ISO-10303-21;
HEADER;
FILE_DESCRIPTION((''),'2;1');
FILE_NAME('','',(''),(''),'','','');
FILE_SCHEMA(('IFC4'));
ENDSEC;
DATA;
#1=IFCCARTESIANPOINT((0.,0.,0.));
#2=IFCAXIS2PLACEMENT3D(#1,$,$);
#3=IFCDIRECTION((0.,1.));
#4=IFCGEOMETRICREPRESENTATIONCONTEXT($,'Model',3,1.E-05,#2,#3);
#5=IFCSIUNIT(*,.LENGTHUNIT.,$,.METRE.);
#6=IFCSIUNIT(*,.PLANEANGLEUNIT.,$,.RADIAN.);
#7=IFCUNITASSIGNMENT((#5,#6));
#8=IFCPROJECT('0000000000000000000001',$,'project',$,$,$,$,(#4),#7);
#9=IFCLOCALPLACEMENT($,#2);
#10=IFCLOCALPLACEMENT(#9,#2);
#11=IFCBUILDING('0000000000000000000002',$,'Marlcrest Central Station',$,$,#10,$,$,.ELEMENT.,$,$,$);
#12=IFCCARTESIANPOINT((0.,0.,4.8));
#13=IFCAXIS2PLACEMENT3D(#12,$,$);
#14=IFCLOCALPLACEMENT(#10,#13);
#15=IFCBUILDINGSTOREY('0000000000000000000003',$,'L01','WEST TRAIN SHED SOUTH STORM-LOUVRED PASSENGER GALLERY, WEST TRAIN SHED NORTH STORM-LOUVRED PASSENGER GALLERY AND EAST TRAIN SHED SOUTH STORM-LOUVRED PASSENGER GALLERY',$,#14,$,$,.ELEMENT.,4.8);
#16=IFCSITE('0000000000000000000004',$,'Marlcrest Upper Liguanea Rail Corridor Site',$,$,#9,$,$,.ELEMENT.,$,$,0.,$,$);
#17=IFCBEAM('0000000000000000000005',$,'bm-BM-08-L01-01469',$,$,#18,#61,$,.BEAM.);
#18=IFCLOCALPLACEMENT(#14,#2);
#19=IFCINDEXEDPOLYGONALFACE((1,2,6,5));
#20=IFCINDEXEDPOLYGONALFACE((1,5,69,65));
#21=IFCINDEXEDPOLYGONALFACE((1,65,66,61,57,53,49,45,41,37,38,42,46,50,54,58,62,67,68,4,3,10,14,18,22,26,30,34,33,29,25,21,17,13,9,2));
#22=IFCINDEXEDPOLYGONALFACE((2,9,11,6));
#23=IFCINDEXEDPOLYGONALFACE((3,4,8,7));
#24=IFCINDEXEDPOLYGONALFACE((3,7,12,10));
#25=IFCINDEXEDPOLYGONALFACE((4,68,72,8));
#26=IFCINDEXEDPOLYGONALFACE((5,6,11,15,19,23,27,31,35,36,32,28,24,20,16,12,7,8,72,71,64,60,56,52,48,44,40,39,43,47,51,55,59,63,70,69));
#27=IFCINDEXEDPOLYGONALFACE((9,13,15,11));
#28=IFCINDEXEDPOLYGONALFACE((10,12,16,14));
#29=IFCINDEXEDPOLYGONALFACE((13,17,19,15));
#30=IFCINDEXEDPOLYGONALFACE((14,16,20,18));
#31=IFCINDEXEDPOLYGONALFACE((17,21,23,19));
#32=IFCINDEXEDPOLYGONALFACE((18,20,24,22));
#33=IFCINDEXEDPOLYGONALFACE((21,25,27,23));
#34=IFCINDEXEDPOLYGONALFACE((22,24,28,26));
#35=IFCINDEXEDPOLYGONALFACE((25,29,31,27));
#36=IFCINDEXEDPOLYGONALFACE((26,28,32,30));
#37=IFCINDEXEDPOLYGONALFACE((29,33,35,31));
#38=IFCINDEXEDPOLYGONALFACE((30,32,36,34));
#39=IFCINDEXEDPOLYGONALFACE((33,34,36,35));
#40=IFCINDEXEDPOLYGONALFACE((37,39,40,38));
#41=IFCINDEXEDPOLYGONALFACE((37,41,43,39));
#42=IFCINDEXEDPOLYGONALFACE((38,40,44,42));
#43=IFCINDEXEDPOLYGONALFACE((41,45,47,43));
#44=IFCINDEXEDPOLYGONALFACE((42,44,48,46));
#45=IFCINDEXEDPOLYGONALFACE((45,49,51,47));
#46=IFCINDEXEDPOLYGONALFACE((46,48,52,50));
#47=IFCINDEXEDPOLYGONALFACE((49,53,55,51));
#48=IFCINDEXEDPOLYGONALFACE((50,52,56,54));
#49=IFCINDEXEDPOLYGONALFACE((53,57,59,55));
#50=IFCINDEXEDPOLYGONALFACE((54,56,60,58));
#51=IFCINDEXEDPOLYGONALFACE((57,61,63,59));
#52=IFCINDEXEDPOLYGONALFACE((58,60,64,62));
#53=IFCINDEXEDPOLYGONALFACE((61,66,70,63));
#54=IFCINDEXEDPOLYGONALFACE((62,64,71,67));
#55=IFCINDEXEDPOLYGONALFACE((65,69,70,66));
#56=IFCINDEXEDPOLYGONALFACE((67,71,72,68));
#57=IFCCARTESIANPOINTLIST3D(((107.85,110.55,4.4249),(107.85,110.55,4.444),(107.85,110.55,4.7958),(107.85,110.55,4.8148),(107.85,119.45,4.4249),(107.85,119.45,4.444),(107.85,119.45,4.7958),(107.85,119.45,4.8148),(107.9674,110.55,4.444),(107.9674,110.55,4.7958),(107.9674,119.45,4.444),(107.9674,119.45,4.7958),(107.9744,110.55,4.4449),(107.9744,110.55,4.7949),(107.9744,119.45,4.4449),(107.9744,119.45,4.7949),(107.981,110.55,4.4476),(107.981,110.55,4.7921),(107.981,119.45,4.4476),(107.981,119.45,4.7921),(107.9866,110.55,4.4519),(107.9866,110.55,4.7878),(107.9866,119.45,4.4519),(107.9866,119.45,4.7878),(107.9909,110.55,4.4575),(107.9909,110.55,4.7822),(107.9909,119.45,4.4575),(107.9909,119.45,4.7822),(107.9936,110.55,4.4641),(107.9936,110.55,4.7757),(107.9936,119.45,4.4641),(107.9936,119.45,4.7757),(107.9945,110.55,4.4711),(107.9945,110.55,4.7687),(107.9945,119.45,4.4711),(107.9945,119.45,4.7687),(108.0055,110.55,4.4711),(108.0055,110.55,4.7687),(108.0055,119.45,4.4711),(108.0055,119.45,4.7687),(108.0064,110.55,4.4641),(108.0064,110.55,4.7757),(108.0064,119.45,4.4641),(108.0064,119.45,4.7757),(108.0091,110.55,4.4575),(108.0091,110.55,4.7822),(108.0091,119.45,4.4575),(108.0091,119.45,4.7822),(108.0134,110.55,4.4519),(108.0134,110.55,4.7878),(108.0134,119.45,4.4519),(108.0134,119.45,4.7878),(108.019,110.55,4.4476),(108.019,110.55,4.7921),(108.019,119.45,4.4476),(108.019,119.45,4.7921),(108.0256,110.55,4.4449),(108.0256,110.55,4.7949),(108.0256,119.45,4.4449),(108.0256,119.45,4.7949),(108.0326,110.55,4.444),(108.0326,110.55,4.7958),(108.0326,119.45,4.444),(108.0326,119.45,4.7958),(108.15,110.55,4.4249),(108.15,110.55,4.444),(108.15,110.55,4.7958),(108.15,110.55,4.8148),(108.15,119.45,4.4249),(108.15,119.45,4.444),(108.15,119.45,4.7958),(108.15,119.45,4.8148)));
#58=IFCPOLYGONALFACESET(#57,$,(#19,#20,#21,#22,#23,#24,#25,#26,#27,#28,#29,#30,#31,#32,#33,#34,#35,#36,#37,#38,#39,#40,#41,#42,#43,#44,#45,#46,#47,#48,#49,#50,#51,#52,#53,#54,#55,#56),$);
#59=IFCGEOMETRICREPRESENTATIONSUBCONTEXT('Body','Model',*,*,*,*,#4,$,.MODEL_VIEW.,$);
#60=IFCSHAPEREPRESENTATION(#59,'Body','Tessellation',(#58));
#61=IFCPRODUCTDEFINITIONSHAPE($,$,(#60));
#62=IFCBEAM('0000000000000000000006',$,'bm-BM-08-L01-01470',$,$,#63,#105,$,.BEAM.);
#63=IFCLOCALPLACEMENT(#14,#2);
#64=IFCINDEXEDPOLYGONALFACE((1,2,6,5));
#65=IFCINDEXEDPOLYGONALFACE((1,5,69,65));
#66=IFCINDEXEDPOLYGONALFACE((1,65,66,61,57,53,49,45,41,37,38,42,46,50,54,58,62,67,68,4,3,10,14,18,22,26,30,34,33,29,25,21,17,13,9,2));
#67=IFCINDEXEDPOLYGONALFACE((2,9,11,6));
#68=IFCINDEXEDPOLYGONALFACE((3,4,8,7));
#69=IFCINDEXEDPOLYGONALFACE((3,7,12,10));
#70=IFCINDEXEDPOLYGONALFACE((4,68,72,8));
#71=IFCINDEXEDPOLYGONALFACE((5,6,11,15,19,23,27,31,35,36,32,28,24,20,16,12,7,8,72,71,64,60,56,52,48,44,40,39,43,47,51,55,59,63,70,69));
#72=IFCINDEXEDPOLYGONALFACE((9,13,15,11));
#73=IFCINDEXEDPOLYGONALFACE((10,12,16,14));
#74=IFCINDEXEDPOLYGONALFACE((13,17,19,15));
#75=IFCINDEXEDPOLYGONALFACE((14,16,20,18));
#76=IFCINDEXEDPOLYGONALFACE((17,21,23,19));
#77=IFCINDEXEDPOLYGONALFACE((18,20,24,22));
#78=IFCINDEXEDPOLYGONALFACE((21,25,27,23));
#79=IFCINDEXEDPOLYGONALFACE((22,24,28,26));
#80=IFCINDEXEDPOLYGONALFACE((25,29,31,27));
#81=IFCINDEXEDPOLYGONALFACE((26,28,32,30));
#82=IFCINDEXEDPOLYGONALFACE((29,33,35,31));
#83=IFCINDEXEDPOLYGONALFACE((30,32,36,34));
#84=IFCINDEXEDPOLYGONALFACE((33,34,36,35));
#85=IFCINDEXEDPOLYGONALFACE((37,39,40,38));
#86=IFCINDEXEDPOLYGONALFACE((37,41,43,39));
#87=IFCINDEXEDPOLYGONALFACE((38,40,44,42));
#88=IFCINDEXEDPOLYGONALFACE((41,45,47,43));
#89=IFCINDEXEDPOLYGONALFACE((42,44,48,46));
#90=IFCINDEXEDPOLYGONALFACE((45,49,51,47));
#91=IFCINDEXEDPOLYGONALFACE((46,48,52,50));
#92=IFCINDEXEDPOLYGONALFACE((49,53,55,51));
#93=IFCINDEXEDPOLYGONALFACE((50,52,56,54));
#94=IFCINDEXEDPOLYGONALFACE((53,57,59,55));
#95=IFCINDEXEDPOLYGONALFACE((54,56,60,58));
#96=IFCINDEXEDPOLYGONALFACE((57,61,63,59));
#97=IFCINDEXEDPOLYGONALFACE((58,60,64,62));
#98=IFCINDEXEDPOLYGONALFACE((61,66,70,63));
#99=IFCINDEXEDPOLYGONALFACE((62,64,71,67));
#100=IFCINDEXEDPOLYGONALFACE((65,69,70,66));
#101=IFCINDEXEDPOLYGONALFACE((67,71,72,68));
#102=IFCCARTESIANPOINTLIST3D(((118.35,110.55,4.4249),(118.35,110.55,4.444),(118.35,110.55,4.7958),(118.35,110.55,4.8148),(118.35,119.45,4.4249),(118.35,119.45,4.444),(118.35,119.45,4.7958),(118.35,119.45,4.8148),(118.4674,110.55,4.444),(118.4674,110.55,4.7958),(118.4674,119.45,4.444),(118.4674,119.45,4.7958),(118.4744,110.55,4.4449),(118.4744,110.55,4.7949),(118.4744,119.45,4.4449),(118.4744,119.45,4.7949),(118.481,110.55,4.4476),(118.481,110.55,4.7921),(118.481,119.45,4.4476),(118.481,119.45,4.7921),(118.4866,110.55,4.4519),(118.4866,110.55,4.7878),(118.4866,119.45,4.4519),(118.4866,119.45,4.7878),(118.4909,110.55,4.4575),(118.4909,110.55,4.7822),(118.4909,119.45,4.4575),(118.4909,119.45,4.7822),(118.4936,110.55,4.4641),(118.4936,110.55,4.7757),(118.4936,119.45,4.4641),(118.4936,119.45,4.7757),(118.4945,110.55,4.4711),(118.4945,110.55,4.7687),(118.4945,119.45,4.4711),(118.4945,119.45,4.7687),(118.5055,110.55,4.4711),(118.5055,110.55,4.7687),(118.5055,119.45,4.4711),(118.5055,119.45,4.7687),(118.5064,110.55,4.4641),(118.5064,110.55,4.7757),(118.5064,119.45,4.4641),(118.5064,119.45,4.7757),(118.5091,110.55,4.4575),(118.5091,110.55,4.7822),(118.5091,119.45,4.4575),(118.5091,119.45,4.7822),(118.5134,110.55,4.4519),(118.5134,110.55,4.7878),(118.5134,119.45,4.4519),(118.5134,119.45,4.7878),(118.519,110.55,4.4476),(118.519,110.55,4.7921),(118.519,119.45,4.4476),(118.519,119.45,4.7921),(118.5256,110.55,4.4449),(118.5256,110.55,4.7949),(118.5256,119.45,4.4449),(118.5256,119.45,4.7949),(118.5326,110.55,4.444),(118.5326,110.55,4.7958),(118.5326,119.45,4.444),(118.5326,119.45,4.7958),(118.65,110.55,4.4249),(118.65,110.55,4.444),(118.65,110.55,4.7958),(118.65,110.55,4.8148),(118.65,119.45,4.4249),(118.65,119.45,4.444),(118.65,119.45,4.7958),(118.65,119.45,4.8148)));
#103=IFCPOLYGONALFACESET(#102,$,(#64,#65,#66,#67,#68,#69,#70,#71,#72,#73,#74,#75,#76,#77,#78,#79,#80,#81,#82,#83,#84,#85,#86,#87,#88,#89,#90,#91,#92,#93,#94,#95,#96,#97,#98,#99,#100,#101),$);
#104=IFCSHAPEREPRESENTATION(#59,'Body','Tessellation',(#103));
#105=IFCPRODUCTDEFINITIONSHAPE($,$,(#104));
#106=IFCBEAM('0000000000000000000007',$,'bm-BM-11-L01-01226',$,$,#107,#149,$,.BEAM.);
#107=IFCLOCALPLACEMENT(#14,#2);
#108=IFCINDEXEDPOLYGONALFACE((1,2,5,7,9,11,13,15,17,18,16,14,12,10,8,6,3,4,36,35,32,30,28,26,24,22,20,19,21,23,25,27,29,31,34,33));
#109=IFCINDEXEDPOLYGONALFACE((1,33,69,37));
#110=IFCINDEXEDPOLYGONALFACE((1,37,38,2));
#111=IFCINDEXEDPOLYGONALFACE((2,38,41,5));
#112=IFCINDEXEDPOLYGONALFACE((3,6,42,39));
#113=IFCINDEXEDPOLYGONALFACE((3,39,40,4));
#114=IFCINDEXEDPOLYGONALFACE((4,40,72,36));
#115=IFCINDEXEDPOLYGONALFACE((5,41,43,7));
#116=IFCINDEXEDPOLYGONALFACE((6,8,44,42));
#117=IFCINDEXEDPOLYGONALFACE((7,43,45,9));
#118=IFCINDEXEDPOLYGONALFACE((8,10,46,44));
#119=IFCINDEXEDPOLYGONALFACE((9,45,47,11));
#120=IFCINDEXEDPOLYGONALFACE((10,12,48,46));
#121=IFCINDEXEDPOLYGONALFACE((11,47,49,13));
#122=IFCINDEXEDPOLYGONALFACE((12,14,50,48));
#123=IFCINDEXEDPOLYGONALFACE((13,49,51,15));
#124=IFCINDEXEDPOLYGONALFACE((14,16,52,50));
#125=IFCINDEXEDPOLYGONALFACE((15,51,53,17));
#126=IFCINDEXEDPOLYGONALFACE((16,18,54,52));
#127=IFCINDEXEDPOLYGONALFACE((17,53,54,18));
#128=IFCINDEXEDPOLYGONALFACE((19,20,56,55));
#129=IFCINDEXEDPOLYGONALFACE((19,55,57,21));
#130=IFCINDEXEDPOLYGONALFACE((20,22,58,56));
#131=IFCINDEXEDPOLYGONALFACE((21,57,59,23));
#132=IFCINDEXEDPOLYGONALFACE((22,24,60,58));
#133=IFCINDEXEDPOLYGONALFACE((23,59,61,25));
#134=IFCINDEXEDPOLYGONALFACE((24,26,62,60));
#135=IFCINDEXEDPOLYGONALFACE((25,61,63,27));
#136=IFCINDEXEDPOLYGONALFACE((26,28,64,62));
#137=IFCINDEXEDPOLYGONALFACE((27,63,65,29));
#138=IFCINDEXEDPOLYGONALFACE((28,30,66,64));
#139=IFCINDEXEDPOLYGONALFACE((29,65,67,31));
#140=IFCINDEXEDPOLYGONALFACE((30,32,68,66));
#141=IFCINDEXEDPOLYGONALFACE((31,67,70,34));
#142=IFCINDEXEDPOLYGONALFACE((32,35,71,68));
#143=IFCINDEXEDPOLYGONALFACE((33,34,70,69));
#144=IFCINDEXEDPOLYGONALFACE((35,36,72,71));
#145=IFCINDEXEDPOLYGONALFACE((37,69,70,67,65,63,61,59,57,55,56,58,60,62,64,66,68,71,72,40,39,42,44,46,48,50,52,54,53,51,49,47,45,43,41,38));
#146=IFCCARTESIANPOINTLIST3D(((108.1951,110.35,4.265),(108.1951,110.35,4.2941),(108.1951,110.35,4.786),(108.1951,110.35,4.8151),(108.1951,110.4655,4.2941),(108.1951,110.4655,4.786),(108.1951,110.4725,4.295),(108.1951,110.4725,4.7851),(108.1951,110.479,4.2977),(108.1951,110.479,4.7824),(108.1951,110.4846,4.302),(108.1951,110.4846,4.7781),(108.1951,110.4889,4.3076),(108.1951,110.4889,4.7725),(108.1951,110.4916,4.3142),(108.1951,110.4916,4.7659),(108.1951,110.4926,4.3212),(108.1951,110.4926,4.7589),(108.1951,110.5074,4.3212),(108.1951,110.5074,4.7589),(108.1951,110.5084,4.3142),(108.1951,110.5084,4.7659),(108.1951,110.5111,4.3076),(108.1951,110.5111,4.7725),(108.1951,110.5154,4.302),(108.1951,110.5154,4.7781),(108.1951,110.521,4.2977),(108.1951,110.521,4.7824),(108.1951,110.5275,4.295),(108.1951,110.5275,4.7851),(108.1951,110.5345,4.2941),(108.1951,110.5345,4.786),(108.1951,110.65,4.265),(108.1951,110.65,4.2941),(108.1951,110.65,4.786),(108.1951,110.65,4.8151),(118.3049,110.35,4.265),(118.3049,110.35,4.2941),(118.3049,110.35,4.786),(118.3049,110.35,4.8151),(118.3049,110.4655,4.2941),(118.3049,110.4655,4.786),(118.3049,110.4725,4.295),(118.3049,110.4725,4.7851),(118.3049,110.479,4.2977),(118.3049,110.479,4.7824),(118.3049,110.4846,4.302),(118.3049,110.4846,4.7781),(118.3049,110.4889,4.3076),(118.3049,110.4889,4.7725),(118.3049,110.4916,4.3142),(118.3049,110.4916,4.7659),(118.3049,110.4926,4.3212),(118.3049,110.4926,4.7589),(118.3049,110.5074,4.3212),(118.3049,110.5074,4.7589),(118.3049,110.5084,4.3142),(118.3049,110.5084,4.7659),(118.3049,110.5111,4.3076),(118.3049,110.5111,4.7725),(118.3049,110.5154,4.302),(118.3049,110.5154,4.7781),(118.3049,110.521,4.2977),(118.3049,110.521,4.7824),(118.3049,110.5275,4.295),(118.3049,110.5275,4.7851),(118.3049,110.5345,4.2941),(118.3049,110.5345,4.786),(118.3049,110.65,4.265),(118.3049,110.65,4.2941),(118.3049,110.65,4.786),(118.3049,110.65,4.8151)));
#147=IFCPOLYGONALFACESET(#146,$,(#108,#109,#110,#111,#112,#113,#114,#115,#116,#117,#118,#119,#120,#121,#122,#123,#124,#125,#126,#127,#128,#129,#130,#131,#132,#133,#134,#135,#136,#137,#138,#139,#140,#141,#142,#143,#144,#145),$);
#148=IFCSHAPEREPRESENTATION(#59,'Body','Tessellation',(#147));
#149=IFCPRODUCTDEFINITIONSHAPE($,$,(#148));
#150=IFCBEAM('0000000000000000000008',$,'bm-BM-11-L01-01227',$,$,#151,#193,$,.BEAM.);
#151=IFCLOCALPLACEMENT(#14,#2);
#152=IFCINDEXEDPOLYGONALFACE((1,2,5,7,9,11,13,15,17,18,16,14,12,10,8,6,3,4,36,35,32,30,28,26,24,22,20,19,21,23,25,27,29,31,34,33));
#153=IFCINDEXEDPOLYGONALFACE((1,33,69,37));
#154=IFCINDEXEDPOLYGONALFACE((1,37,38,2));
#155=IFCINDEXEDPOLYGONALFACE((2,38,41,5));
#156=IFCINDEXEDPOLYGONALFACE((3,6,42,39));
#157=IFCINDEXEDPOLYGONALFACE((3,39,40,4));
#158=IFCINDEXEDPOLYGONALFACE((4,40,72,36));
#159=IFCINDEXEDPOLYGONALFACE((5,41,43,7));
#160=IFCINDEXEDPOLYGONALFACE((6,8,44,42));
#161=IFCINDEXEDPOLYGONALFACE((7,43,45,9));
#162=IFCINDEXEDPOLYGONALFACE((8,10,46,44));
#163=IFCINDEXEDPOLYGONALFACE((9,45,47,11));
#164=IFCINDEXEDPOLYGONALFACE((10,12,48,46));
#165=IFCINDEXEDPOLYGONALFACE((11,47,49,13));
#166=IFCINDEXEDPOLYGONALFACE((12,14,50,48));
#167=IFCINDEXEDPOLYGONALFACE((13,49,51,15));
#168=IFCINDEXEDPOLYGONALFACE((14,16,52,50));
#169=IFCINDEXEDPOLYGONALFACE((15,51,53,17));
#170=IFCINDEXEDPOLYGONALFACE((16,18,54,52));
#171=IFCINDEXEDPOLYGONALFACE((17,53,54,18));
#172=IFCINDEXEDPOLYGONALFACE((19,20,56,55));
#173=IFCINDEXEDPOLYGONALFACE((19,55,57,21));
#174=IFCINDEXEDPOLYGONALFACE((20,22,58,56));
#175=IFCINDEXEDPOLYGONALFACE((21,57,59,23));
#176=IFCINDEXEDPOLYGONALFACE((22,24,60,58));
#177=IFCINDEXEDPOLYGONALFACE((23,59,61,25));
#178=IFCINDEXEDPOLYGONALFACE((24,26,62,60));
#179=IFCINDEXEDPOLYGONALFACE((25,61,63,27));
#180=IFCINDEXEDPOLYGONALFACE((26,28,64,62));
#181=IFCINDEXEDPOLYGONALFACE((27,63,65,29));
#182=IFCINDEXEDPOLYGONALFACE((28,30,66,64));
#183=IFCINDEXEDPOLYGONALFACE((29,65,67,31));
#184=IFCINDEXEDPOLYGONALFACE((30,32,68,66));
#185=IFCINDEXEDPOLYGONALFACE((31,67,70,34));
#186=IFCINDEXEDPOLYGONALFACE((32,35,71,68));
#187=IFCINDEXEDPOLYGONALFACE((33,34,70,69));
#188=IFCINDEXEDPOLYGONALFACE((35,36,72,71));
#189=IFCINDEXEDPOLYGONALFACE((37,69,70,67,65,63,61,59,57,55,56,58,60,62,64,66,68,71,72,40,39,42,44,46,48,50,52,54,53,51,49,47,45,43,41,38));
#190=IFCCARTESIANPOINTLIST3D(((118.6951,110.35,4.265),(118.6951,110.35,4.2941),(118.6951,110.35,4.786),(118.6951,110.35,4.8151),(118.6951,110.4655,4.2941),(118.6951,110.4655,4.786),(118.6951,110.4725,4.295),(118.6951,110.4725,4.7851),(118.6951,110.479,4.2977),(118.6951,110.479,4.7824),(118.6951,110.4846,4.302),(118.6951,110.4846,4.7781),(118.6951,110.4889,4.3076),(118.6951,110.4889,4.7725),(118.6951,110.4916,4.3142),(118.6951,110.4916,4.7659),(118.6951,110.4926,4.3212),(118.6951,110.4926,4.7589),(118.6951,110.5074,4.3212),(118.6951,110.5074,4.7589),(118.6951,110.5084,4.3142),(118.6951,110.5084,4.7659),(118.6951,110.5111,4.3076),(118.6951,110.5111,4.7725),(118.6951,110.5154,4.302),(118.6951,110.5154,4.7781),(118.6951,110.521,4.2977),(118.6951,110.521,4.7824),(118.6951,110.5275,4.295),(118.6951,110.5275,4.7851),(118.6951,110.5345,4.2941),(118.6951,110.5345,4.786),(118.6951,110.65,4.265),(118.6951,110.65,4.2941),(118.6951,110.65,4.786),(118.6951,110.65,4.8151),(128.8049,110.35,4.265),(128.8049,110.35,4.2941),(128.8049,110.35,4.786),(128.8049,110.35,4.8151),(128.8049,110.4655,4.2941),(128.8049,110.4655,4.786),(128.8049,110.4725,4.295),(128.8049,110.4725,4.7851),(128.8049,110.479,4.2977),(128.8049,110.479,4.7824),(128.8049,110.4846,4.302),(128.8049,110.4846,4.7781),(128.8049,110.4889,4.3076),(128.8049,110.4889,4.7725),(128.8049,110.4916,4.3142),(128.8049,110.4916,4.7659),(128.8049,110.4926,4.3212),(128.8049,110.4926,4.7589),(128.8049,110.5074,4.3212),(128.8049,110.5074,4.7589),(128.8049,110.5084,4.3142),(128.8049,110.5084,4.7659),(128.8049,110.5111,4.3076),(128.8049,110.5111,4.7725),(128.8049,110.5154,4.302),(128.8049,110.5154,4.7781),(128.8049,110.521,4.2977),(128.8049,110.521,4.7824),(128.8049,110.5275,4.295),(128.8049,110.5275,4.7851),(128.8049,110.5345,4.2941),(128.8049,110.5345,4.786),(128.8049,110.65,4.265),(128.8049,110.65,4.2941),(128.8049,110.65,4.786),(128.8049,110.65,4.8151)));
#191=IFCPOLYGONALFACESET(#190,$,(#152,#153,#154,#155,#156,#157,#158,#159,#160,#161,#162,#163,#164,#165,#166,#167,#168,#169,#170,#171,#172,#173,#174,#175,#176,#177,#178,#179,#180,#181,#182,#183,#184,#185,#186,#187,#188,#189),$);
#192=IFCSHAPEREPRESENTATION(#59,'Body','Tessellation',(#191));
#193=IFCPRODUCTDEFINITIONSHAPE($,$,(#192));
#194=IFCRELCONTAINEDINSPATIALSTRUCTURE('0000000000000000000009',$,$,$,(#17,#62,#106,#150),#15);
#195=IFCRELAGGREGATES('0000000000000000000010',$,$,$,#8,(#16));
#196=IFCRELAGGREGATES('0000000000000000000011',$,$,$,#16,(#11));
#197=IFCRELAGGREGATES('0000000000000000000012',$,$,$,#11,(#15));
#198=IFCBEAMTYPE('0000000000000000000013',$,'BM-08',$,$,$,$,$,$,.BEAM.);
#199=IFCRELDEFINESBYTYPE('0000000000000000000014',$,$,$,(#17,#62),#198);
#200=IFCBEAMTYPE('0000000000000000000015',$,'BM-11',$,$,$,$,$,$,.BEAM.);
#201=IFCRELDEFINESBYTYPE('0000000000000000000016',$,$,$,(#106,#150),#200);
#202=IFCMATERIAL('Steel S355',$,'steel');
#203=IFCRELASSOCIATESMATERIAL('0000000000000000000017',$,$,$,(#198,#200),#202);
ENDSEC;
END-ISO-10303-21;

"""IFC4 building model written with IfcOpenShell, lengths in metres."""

from ifc_helpers import new_model, si_unit, direction, frame, origin, origin_2d, place, context, subcontext, project, spatial, i_section, extrude, material, material_profile, profile_set, type_object, element, save


model = new_model("IFC4")

# Units and contexts
model_context = context("Model", 3, precision=1e-05, world=origin(), true_north=direction((0.0, 1.0)))
body_context = subcontext(model_context, "Body", "Model", "MODEL_VIEW")
ifc_project = project(units=[si_unit("LENGTHUNIT", "METRE"), si_unit("PLANEANGLEUNIT", "RADIAN")], contexts=[model_context])

# Site, building, storey
site_placement = place(None, origin())
site = spatial("IfcSite", under=ifc_project, at=site_placement, Name="Marlcrest Upper Liguanea Rail Corridor Site", CompositionType="ELEMENT", RefElevation=0.0)
building_placement = place(site_placement, origin())
building = spatial("IfcBuilding", under=site, at=building_placement, Name="Marlcrest Central Station", CompositionType="ELEMENT")
storey_placement = place(building_placement, frame((0.0, 0.0, 4.8)))
storey = spatial("IfcBuildingStorey", under=building, at=storey_placement, Name="L01", Description="WEST TRAIN SHED SOUTH STORM-LOUVRED PASSENGER GALLERY, WEST TRAIN SHED NORTH STORM-LOUVRED PASSENGER GALLERY AND EAST TRAIN SHED SOUTH STORM-LOUVRED PASSENGER GALLERY", CompositionType="ELEMENT", Elevation=4.8)

# Shared definitions
ifc_material_1 = material(Name="Steel S355", Category="steel")

# Beams
ifc_material_profile_1 = material_profile(ifc_material_1, i_section(OverallWidth=0.3, OverallDepth=0.3899, WebThickness=0.011, FlangeThickness=0.019, FilletRadius=0.0271, at=origin_2d()), Name="HEA 400")
ifc_profile_set_1 = profile_set([ifc_material_profile_1], Name="Steel S355")
beam_type_1 = type_object("IfcBeamType", Name="BM-08", PredefinedType="BEAM", material=ifc_profile_set_1)
for number, where, z_axis, x_axis, name in (
    (1, (108.0, 110.55, 4.6199), (0.0, 1.0, 0.0), (-1.0, 0.0, 0.0), "bm-BM-08-L01-01469"),
    (2, (118.5, 110.55, 4.6199), (0.0, 1.0, 0.0), (-1.0, 0.0, 0.0), "bm-BM-08-L01-01470"),
):
    element("IfcBeam", number, at=place(storey_placement, frame(where, z_axis=z_axis, x_axis=x_axis)), inside=storey, type_object=beam_type_1, Name=name, PredefinedType="BEAM", context=body_context, shape_type="SweptSolid", body=[
        extrude(i_section(OverallWidth=0.3, OverallDepth=0.3899, WebThickness=0.011, FlangeThickness=0.019, FilletRadius=0.0271, at=origin_2d()), origin(), (0.0, 0.0, 1.0), 8.8999),
    ])
ifc_material_profile_2 = material_profile(ifc_material_1, i_section(OverallWidth=0.3, OverallDepth=0.55, WebThickness=0.0149, FlangeThickness=0.0291, FilletRadius=0.0271, at=origin_2d()), Name="HEB 550")
ifc_profile_set_2 = profile_set([ifc_material_profile_2], Name="Steel S355")
beam_type_2 = type_object("IfcBeamType", Name="BM-11", PredefinedType="BEAM", material=ifc_profile_set_2)
for number, where, z_axis, x_axis, name in (
    (3, (108.1951, 110.5, 4.54), (1.0, 0.0, 0.0), (0.0, 1.0, 0.0), "bm-BM-11-L01-01226"),
    (4, (118.6951, 110.5, 4.54), (1.0, 0.0, 0.0), (0.0, 1.0, 0.0), "bm-BM-11-L01-01227"),
):
    element("IfcBeam", number, at=place(storey_placement, frame(where, z_axis=z_axis, x_axis=x_axis)), inside=storey, type_object=beam_type_2, Name=name, PredefinedType="BEAM", context=body_context, shape_type="SweptSolid", body=[
        extrude(i_section(OverallWidth=0.3, OverallDepth=0.55, WebThickness=0.0149, FlangeThickness=0.0291, FilletRadius=0.0271, at=origin_2d()), origin(), (0.0, 0.0, 1.0), 10.1099),
    ])

save(model, "model.ifc")
